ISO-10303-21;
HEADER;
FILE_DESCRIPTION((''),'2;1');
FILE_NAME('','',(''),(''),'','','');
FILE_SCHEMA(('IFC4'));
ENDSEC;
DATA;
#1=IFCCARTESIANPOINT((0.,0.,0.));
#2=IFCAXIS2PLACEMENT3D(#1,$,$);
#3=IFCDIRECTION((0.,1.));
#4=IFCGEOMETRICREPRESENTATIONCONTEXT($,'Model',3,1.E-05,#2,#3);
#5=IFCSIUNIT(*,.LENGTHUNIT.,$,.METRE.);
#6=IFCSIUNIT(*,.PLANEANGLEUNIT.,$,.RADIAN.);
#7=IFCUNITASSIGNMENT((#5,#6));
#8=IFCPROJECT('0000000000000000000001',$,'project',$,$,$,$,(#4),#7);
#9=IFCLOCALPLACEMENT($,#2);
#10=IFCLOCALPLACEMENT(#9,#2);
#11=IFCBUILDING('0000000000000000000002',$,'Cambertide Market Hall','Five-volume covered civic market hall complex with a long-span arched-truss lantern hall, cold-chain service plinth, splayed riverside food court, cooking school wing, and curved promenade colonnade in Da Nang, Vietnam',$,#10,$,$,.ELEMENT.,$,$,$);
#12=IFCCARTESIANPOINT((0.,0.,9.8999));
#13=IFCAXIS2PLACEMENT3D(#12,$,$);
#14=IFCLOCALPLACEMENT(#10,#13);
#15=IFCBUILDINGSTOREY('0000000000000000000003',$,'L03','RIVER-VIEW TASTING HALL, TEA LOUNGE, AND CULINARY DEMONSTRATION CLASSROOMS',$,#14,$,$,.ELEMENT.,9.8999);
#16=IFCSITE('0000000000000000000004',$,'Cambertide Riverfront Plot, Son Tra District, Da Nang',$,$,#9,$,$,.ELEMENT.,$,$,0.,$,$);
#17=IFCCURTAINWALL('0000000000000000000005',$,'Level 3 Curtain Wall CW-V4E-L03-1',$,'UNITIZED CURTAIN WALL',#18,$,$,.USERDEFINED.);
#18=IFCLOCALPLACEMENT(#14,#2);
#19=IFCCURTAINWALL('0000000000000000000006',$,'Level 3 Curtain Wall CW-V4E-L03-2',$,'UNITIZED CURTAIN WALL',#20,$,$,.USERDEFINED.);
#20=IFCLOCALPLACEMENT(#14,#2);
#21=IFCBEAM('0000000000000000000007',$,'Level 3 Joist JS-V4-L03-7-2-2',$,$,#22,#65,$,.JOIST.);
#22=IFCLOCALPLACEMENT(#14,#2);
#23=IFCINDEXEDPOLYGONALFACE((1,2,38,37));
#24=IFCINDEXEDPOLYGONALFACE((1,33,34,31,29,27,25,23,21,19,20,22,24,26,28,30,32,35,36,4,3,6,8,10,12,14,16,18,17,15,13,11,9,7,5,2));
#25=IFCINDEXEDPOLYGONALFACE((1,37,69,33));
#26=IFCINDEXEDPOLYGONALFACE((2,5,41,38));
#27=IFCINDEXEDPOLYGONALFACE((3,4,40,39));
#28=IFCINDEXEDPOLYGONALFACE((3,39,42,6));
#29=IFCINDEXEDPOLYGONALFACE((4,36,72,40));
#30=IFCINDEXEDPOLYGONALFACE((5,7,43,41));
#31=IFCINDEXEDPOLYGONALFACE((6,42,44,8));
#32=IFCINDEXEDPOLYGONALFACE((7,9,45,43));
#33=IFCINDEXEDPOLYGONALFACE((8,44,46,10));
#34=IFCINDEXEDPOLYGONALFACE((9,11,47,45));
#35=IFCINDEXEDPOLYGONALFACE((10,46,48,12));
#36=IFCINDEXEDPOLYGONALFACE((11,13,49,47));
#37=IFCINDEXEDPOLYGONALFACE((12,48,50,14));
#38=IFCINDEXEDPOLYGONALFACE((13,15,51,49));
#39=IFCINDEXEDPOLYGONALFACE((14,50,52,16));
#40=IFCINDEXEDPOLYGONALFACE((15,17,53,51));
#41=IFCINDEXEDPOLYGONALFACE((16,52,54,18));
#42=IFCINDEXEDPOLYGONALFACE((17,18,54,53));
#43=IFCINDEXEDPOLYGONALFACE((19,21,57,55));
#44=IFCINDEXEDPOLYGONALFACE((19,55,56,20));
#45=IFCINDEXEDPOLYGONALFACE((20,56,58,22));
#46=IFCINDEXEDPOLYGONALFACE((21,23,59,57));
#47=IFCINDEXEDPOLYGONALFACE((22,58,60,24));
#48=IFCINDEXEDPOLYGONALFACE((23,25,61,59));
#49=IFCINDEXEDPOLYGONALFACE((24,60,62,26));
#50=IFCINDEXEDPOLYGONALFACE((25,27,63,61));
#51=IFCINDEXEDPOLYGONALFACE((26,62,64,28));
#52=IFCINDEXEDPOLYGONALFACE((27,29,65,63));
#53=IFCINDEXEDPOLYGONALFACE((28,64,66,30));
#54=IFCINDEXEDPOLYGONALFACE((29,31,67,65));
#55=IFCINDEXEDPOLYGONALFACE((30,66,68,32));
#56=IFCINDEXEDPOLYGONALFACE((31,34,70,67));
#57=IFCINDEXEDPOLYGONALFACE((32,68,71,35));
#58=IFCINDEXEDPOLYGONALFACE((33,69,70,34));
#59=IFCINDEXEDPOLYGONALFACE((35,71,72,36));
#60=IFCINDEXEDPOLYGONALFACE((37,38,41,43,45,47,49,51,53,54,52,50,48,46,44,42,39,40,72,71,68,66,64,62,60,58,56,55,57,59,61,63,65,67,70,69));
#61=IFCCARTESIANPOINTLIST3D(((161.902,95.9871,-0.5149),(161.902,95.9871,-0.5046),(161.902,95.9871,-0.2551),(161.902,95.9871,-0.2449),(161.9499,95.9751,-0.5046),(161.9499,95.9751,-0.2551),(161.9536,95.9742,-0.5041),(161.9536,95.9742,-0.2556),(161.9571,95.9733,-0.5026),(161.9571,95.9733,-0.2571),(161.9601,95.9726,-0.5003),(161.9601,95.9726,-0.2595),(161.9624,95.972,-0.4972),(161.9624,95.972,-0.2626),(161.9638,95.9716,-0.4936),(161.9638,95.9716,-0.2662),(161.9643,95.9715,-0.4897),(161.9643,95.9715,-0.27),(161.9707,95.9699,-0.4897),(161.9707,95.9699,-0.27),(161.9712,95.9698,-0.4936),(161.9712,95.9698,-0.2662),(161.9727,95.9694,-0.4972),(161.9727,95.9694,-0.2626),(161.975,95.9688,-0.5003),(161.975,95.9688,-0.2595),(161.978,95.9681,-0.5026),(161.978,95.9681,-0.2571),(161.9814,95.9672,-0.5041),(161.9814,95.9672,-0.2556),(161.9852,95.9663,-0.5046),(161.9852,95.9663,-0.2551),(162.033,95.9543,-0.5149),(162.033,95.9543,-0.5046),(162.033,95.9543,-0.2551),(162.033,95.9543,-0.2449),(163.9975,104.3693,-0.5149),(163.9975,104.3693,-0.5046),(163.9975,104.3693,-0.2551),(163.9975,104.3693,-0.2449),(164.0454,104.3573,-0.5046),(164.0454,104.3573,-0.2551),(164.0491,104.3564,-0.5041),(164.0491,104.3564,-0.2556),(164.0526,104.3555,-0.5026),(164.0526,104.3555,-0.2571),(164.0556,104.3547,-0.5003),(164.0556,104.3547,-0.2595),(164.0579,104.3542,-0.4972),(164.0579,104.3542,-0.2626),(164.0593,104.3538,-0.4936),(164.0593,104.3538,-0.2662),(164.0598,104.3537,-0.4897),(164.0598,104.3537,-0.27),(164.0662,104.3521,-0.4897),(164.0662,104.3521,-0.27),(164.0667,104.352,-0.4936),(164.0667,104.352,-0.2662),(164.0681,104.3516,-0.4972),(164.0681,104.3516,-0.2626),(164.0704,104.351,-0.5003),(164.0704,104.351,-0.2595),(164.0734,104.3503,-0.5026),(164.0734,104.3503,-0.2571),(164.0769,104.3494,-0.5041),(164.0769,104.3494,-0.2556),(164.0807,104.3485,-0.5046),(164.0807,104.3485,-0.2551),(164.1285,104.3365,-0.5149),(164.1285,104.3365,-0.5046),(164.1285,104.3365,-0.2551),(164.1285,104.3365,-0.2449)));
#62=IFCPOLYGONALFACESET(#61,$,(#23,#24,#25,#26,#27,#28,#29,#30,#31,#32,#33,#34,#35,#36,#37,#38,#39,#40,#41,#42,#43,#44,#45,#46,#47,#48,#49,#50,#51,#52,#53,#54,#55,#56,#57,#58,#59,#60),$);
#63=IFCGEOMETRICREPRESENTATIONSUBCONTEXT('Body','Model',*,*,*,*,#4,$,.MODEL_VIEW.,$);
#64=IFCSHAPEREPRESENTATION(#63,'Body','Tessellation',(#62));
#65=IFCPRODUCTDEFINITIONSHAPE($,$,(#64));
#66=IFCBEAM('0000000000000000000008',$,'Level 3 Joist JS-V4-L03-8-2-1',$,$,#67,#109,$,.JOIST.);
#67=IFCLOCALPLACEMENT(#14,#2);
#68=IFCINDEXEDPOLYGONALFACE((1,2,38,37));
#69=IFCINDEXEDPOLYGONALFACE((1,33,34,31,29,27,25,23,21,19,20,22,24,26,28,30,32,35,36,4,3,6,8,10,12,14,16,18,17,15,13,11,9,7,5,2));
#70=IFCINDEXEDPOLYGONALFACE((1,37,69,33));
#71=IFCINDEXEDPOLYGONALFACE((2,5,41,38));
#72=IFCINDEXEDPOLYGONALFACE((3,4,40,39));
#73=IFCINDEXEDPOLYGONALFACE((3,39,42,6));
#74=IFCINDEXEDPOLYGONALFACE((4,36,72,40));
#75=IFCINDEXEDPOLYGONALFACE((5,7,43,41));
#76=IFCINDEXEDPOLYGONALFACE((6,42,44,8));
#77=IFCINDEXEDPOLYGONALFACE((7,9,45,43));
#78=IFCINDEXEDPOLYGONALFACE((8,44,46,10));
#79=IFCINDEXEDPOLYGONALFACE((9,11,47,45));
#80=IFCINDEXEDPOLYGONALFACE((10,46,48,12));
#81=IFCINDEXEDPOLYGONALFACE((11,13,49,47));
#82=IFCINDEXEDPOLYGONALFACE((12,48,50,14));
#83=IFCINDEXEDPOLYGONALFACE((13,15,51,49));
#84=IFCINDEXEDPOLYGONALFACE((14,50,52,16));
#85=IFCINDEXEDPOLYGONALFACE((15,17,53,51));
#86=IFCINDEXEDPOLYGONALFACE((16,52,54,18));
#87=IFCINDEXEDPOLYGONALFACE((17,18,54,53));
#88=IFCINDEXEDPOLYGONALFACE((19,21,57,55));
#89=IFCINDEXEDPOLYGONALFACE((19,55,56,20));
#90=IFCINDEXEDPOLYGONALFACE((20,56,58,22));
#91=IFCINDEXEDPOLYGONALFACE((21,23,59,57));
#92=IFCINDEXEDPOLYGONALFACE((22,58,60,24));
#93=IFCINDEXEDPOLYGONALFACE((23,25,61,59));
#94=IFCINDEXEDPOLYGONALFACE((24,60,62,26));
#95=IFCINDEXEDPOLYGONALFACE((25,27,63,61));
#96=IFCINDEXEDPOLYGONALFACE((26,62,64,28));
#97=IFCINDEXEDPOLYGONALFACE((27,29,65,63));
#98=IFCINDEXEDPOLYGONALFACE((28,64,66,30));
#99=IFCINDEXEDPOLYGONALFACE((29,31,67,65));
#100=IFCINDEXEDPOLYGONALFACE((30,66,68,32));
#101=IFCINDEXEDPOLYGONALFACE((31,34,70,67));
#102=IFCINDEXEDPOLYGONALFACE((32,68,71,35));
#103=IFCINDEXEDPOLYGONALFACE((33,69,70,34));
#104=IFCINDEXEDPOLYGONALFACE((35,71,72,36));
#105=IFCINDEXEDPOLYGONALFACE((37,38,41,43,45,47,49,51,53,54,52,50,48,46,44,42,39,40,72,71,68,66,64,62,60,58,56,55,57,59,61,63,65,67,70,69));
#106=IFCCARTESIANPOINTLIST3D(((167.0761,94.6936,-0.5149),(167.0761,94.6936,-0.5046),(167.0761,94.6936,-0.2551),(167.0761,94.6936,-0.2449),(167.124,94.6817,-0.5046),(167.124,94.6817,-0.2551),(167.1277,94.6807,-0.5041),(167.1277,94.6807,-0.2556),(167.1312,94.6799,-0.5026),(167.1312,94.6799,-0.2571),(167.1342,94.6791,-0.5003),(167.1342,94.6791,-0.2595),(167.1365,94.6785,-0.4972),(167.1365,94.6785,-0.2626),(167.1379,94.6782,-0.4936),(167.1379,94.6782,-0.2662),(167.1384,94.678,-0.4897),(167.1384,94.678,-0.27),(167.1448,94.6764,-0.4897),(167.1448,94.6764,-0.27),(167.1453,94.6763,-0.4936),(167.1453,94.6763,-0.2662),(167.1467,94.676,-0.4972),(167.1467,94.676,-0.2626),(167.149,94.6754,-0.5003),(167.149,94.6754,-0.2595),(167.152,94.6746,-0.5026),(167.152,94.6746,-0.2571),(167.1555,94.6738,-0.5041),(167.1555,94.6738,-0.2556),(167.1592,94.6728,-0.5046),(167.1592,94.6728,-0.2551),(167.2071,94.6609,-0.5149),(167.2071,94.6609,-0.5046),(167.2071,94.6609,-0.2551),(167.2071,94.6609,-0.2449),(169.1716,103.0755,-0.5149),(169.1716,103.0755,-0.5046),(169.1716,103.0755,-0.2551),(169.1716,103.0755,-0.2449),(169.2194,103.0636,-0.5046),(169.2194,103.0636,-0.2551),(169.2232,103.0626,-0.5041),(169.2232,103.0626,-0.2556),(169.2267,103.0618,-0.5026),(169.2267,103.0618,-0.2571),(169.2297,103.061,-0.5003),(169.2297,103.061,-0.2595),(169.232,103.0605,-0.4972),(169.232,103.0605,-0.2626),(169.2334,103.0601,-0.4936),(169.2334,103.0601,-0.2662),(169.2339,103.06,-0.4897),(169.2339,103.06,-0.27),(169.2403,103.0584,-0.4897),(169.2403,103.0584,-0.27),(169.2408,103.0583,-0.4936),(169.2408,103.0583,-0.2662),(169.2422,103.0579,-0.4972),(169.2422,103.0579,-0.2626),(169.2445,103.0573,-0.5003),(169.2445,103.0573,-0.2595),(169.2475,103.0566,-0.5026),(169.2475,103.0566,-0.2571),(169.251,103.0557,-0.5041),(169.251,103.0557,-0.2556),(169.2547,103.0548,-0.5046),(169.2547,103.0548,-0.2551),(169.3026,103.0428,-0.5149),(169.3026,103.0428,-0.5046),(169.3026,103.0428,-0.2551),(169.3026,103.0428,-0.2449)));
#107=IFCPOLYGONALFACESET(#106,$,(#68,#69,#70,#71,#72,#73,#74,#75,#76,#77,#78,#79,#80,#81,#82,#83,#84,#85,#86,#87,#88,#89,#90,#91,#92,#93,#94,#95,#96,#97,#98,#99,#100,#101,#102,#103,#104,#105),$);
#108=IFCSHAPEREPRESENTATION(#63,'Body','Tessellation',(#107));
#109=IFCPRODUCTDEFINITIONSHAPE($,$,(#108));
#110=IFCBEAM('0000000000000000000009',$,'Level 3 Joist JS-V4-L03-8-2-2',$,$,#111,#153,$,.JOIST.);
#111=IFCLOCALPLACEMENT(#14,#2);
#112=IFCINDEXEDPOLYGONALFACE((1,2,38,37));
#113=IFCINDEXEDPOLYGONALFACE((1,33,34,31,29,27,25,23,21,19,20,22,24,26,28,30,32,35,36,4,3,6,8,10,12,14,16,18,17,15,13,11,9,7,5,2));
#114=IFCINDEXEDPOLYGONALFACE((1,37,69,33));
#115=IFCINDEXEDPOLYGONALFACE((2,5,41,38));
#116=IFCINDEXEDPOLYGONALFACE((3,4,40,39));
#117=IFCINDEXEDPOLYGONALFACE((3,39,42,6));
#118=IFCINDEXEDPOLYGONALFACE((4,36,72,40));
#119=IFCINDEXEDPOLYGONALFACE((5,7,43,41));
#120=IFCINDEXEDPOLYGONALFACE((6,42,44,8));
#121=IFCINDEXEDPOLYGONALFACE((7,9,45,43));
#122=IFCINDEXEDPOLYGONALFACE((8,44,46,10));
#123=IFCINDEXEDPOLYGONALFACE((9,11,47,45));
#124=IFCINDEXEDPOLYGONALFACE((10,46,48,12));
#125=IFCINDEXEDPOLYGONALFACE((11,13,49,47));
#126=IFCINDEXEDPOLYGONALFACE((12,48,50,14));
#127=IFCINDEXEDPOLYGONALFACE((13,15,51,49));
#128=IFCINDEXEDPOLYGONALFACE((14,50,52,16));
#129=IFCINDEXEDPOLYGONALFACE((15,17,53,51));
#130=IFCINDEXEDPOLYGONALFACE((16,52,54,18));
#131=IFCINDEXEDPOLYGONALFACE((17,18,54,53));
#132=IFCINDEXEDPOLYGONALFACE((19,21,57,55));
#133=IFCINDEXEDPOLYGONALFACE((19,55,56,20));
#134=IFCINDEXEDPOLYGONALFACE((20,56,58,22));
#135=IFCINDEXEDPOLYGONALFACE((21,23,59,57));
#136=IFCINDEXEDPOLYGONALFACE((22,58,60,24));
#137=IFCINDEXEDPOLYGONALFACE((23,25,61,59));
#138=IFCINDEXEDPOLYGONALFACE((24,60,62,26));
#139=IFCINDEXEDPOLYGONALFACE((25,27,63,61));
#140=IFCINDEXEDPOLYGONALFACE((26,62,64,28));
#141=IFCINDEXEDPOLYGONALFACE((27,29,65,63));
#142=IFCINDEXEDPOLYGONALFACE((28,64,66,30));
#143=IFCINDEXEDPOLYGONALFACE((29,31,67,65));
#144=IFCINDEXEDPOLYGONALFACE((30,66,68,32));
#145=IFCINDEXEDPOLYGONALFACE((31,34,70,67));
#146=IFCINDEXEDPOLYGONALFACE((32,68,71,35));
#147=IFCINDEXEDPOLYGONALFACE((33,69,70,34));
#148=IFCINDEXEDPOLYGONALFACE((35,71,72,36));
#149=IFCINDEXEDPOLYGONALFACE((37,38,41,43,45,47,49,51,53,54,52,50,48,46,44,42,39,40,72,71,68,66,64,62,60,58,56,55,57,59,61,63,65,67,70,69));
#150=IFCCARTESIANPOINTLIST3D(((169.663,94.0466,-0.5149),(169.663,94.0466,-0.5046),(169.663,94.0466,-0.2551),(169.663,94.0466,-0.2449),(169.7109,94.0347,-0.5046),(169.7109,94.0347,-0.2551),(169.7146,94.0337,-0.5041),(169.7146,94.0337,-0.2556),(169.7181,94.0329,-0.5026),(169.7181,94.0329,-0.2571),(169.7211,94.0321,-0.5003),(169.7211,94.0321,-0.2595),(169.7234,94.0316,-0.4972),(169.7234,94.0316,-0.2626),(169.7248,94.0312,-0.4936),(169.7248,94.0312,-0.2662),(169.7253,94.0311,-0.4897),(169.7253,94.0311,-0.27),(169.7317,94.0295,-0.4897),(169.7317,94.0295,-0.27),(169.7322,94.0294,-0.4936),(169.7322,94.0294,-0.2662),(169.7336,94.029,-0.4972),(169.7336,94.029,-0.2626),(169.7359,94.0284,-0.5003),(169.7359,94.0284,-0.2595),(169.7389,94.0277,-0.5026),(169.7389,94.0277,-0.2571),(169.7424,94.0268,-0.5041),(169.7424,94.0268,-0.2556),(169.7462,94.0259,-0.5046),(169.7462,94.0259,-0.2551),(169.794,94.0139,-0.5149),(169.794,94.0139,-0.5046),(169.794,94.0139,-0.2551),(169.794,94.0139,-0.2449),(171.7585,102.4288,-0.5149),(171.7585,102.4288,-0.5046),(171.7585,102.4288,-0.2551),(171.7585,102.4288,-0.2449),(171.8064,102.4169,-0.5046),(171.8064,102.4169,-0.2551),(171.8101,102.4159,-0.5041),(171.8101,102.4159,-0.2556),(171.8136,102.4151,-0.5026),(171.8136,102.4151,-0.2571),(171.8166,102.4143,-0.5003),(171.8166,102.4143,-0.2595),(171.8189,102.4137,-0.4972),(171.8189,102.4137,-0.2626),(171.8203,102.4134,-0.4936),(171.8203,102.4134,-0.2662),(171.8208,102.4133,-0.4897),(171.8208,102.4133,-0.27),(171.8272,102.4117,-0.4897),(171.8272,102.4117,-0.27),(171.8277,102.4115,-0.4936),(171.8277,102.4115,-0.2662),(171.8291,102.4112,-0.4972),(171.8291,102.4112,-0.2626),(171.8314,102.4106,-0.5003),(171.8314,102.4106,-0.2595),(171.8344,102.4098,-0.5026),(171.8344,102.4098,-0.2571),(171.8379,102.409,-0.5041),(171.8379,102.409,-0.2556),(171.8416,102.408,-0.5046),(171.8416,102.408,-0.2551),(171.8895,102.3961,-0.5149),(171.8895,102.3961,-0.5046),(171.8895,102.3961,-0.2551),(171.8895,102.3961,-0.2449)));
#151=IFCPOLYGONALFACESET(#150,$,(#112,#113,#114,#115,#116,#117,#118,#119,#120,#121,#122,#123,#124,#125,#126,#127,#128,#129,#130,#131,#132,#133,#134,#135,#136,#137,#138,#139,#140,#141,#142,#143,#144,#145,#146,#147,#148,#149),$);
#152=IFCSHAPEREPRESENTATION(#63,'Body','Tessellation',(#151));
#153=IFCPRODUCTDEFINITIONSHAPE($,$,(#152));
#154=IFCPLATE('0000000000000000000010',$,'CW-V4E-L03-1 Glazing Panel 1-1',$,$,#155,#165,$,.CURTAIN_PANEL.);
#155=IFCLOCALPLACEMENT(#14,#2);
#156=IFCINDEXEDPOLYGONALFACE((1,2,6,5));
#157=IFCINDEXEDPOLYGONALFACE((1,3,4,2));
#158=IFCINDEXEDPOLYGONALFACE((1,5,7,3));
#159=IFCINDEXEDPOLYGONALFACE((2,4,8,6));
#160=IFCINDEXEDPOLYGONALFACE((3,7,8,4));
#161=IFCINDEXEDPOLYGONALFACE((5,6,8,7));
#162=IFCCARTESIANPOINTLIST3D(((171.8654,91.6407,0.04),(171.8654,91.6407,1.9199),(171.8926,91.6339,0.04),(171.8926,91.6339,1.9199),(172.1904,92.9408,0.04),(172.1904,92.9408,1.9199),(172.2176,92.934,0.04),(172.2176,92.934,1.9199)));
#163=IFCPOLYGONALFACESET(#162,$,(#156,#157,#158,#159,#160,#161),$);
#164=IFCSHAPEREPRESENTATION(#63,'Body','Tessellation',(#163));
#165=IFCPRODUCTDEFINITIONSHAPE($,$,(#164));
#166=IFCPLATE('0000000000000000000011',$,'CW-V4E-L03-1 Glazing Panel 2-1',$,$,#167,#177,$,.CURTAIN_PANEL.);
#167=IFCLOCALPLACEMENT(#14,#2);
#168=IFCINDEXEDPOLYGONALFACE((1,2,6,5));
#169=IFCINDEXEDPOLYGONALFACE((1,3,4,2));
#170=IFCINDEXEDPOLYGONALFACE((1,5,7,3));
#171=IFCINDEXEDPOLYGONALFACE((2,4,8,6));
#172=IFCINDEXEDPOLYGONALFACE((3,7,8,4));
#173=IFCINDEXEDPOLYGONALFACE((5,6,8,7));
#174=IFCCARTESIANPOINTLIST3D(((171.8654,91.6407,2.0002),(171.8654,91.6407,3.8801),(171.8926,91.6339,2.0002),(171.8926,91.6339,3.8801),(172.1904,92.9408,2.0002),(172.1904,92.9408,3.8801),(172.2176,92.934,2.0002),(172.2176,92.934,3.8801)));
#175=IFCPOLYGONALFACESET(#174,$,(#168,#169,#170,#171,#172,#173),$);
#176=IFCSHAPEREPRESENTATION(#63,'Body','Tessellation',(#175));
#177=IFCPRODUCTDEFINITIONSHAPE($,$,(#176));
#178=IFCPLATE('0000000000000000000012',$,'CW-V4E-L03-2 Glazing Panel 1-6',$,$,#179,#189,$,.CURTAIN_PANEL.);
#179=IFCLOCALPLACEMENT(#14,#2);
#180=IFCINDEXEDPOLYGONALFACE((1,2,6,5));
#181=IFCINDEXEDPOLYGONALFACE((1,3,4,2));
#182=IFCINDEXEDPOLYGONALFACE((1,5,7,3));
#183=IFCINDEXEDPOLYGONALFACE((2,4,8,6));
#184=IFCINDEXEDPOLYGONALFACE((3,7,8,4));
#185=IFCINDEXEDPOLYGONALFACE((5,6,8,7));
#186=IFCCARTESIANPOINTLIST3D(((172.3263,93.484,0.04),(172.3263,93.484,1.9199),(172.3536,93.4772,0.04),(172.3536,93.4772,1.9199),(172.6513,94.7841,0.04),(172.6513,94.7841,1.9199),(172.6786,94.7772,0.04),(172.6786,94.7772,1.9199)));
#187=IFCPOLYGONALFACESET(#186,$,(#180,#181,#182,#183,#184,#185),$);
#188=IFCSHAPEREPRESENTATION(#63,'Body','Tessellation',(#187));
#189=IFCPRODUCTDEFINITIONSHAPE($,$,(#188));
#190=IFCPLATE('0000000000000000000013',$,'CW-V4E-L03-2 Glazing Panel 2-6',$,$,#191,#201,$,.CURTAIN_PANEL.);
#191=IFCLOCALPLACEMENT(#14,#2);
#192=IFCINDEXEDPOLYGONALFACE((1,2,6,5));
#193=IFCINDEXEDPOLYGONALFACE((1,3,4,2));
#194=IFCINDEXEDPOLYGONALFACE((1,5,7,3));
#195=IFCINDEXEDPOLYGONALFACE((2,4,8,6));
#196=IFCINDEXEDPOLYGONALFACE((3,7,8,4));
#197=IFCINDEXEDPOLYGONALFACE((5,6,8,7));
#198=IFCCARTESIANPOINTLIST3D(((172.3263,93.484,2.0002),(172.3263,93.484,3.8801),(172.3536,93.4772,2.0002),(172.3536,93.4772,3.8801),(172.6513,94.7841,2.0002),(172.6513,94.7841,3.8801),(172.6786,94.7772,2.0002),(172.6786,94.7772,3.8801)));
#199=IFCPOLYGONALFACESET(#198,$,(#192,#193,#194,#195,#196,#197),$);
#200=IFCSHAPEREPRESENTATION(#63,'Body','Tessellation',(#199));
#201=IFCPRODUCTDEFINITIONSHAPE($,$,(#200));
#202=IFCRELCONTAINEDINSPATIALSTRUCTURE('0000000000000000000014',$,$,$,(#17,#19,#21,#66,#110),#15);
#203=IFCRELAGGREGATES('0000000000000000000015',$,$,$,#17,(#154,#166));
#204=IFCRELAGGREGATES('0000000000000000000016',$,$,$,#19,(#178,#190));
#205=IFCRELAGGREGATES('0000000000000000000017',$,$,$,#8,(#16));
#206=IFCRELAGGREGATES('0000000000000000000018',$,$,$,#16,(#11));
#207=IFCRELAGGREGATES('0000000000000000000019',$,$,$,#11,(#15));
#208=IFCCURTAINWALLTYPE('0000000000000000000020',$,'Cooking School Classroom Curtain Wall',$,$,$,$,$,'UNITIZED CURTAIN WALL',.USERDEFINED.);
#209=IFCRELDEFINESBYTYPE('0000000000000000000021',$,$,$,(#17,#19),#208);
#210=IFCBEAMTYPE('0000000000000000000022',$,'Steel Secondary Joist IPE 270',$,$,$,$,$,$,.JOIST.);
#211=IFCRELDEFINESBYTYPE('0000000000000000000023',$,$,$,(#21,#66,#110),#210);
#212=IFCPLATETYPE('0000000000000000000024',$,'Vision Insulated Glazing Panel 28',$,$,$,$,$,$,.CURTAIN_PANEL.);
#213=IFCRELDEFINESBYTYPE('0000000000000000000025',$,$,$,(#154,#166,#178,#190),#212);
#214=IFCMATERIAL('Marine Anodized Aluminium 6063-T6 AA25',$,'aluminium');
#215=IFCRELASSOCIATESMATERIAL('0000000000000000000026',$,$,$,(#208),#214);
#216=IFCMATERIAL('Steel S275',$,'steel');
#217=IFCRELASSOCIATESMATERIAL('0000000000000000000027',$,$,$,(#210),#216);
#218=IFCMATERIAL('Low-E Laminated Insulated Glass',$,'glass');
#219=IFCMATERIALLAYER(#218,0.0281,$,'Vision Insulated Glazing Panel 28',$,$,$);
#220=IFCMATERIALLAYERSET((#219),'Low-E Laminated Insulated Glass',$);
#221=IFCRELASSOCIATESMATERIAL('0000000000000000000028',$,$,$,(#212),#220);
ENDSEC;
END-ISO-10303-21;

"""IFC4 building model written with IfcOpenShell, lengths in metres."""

from ifc_helpers import new_model, si_unit, direction, frame, origin, origin_2d, place, context, subcontext, project, spatial, rectangle, i_section, extrude, material, layer, layer_set, material_profile, profile_set, type_object, element, aggregate, save


model = new_model("IFC4")

# Units and contexts
model_context = context("Model", 3, precision=1e-05, world=origin(), true_north=direction((0.0, 1.0)))
body_context = subcontext(model_context, "Body", "Model", "MODEL_VIEW")
ifc_project = project(units=[si_unit("LENGTHUNIT", "METRE"), si_unit("PLANEANGLEUNIT", "RADIAN")], contexts=[model_context])

# Site, building, storey
site_placement = place(None, origin())
site = spatial("IfcSite", under=ifc_project, at=site_placement, Name="Cambertide Riverfront Plot, Son Tra District, Da Nang", CompositionType="ELEMENT", RefElevation=0.0)
building_placement = place(site_placement, origin())
building = spatial("IfcBuilding", under=site, at=building_placement, Name="Cambertide Market Hall", Description="Five-volume covered civic market hall complex with a long-span arched-truss lantern hall, cold-chain service plinth, splayed riverside food court, cooking school wing, and curved promenade colonnade in Da Nang, Vietnam", CompositionType="ELEMENT")
storey_placement = place(building_placement, frame((0.0, 0.0, 9.8999)))
storey = spatial("IfcBuildingStorey", under=building, at=storey_placement, Name="L03", Description="RIVER-VIEW TASTING HALL, TEA LOUNGE, AND CULINARY DEMONSTRATION CLASSROOMS", CompositionType="ELEMENT", Elevation=9.8999)

# Curtain walls
ifc_material_1 = material(Name="Marine Anodized Aluminium 6063-T6 AA25", Category="aluminium")
curtain_wall_type = type_object("IfcCurtainWallType", Name="Cooking School Classroom Curtain Wall", ElementType="UNITIZED CURTAIN WALL", PredefinedType="USERDEFINED", material=ifc_material_1)
curtain_wall_1_placement = place(storey_placement, origin())
curtain_wall_1 = element("IfcCurtainWall", 1, at=curtain_wall_1_placement, inside=storey, type_object=curtain_wall_type, Name="Level 3 Curtain Wall CW-V4E-L03-1", ObjectType="UNITIZED CURTAIN WALL", PredefinedType="USERDEFINED")
curtain_wall_2_placement = place(storey_placement, origin())
curtain_wall_2 = element("IfcCurtainWall", 2, at=curtain_wall_2_placement, inside=storey, type_object=curtain_wall_type, Name="Level 3 Curtain Wall CW-V4E-L03-2", ObjectType="UNITIZED CURTAIN WALL", PredefinedType="USERDEFINED")

# Beams
ifc_material_2 = material(Name="Steel S275", Category="steel")
ifc_material_profile_1 = material_profile(ifc_material_2, i_section(OverallWidth=0.135, OverallDepth=0.27, WebThickness=0.0066, FlangeThickness=0.0103, FilletRadius=0.0149, at=origin_2d()), Name="IPE 270")
ifc_profile_set_1 = profile_set([ifc_material_profile_1], Name="Steel S275")
beam_type_1 = type_object("IfcBeamType", Name="Steel Secondary Joist IPE 270", PredefinedType="JOIST", material=ifc_profile_set_1)
beam_1_placement = place(storey_placement, frame((161.9675, 95.9707, -0.3799), z_axis=(0.242529, 0.970144, 0.0), x_axis=(-0.970144, 0.242529, 0.0)))
element("IfcBeam", 3, at=beam_1_placement, inside=storey, type_object=beam_type_1, Name="Level 3 Joist JS-V4-L03-7-2-2", PredefinedType="JOIST", context=body_context, shape_type="SweptSolid", body=[
    extrude(i_section(OverallWidth=0.135, OverallDepth=0.27, WebThickness=0.0066, FlangeThickness=0.0103, FilletRadius=0.0149, at=origin_2d()), origin(), (0.0, 0.0, 1.0), 8.6401),
])
beam_2_placement = place(storey_placement, frame((167.1416, 94.6772, -0.3799), z_axis=(0.242536, 0.970143, 0.0), x_axis=(-0.970143, 0.242536, 0.0)))
element("IfcBeam", 4, at=beam_2_placement, inside=storey, type_object=beam_type_1, Name="Level 3 Joist JS-V4-L03-8-2-1", PredefinedType="JOIST", context=body_context, shape_type="SweptSolid", body=[
    extrude(i_section(OverallWidth=0.135, OverallDepth=0.27, WebThickness=0.0066, FlangeThickness=0.0103, FilletRadius=0.0149, at=origin_2d()), origin(), (0.0, 0.0, 1.0), 8.6399),
])
beam_3_placement = place(storey_placement, frame((169.7285, 94.0303, -0.3799), z_axis=(0.242529, 0.970144, 0.0), x_axis=(-0.970144, 0.242529, 0.0)))
element("IfcBeam", 5, at=beam_3_placement, inside=storey, type_object=beam_type_1, Name="Level 3 Joist JS-V4-L03-8-2-2", PredefinedType="JOIST", context=body_context, shape_type="SweptSolid", body=[
    extrude(i_section(OverallWidth=0.135, OverallDepth=0.27, WebThickness=0.0066, FlangeThickness=0.0103, FilletRadius=0.0149, at=origin_2d()), origin(), (0.0, 0.0, 1.0), 8.6401),
])

# Plates
ifc_material_3 = material(Name="Low-E Laminated Insulated Glass", Category="glass")
ifc_layer_1 = layer(ifc_material_3, 0.0281, Name="Vision Insulated Glazing Panel 28")
ifc_layer_set_1 = layer_set([ifc_layer_1], Name="Low-E Laminated Insulated Glass")
plate_type = type_object("IfcPlateType", Name="Vision Insulated Glazing Panel 28", PredefinedType="CURTAIN_PANEL", material=ifc_layer_set_1)
plate_1_placement = place(storey_placement, frame((172.0415, 92.2874, 0.04), z_axis=(0.0, 0.0, 1.0), x_axis=(-0.242536, -0.970143, 0.0)))
plate_1 = element("IfcPlate", 6, at=plate_1_placement, type_object=plate_type, Name="CW-V4E-L03-1 Glazing Panel 1-1", PredefinedType="CURTAIN_PANEL", context=body_context, shape_type="SweptSolid", body=[
    extrude(rectangle(XDim=1.3401, YDim=0.0281, at=origin_2d()), origin(), (0.0, 0.0, 1.0), 1.8799),
])
plate_2_placement = place(storey_placement, frame((172.0415, 92.2874, 2.0002), z_axis=(0.0, 0.0, 1.0), x_axis=(-0.242536, -0.970143, 0.0)))
plate_2 = element("IfcPlate", 7, at=plate_2_placement, type_object=plate_type, Name="CW-V4E-L03-1 Glazing Panel 2-1", PredefinedType="CURTAIN_PANEL", context=body_context, shape_type="SweptSolid", body=[
    extrude(rectangle(XDim=1.3401, YDim=0.0281, at=origin_2d()), origin(), (0.0, 0.0, 1.0), 1.8799),
])
aggregate(curtain_wall_1, [plate_1, plate_2])
plate_3_placement = place(storey_placement, frame((172.5024, 94.1306, 0.04), z_axis=(0.0, 0.0, 1.0), x_axis=(-0.242536, -0.970142, 0.0)))
plate_3 = element("IfcPlate", 8, at=plate_3_placement, type_object=plate_type, Name="CW-V4E-L03-2 Glazing Panel 1-6", PredefinedType="CURTAIN_PANEL", context=body_context, shape_type="SweptSolid", body=[
    extrude(rectangle(XDim=1.3401, YDim=0.0281, at=origin_2d()), origin(), (0.0, 0.0, 1.0), 1.8799),
])
plate_4_placement = place(storey_placement, frame((172.5024, 94.1306, 2.0002), z_axis=(0.0, 0.0, 1.0), x_axis=(-0.242536, -0.970142, 0.0)))
plate_4 = element("IfcPlate", 9, at=plate_4_placement, type_object=plate_type, Name="CW-V4E-L03-2 Glazing Panel 2-6", PredefinedType="CURTAIN_PANEL", context=body_context, shape_type="SweptSolid", body=[
    extrude(rectangle(XDim=1.3401, YDim=0.0281, at=origin_2d()), origin(), (0.0, 0.0, 1.0), 1.8799),
])
aggregate(curtain_wall_2, [plate_3, plate_4])

save(model, "model.ifc")
